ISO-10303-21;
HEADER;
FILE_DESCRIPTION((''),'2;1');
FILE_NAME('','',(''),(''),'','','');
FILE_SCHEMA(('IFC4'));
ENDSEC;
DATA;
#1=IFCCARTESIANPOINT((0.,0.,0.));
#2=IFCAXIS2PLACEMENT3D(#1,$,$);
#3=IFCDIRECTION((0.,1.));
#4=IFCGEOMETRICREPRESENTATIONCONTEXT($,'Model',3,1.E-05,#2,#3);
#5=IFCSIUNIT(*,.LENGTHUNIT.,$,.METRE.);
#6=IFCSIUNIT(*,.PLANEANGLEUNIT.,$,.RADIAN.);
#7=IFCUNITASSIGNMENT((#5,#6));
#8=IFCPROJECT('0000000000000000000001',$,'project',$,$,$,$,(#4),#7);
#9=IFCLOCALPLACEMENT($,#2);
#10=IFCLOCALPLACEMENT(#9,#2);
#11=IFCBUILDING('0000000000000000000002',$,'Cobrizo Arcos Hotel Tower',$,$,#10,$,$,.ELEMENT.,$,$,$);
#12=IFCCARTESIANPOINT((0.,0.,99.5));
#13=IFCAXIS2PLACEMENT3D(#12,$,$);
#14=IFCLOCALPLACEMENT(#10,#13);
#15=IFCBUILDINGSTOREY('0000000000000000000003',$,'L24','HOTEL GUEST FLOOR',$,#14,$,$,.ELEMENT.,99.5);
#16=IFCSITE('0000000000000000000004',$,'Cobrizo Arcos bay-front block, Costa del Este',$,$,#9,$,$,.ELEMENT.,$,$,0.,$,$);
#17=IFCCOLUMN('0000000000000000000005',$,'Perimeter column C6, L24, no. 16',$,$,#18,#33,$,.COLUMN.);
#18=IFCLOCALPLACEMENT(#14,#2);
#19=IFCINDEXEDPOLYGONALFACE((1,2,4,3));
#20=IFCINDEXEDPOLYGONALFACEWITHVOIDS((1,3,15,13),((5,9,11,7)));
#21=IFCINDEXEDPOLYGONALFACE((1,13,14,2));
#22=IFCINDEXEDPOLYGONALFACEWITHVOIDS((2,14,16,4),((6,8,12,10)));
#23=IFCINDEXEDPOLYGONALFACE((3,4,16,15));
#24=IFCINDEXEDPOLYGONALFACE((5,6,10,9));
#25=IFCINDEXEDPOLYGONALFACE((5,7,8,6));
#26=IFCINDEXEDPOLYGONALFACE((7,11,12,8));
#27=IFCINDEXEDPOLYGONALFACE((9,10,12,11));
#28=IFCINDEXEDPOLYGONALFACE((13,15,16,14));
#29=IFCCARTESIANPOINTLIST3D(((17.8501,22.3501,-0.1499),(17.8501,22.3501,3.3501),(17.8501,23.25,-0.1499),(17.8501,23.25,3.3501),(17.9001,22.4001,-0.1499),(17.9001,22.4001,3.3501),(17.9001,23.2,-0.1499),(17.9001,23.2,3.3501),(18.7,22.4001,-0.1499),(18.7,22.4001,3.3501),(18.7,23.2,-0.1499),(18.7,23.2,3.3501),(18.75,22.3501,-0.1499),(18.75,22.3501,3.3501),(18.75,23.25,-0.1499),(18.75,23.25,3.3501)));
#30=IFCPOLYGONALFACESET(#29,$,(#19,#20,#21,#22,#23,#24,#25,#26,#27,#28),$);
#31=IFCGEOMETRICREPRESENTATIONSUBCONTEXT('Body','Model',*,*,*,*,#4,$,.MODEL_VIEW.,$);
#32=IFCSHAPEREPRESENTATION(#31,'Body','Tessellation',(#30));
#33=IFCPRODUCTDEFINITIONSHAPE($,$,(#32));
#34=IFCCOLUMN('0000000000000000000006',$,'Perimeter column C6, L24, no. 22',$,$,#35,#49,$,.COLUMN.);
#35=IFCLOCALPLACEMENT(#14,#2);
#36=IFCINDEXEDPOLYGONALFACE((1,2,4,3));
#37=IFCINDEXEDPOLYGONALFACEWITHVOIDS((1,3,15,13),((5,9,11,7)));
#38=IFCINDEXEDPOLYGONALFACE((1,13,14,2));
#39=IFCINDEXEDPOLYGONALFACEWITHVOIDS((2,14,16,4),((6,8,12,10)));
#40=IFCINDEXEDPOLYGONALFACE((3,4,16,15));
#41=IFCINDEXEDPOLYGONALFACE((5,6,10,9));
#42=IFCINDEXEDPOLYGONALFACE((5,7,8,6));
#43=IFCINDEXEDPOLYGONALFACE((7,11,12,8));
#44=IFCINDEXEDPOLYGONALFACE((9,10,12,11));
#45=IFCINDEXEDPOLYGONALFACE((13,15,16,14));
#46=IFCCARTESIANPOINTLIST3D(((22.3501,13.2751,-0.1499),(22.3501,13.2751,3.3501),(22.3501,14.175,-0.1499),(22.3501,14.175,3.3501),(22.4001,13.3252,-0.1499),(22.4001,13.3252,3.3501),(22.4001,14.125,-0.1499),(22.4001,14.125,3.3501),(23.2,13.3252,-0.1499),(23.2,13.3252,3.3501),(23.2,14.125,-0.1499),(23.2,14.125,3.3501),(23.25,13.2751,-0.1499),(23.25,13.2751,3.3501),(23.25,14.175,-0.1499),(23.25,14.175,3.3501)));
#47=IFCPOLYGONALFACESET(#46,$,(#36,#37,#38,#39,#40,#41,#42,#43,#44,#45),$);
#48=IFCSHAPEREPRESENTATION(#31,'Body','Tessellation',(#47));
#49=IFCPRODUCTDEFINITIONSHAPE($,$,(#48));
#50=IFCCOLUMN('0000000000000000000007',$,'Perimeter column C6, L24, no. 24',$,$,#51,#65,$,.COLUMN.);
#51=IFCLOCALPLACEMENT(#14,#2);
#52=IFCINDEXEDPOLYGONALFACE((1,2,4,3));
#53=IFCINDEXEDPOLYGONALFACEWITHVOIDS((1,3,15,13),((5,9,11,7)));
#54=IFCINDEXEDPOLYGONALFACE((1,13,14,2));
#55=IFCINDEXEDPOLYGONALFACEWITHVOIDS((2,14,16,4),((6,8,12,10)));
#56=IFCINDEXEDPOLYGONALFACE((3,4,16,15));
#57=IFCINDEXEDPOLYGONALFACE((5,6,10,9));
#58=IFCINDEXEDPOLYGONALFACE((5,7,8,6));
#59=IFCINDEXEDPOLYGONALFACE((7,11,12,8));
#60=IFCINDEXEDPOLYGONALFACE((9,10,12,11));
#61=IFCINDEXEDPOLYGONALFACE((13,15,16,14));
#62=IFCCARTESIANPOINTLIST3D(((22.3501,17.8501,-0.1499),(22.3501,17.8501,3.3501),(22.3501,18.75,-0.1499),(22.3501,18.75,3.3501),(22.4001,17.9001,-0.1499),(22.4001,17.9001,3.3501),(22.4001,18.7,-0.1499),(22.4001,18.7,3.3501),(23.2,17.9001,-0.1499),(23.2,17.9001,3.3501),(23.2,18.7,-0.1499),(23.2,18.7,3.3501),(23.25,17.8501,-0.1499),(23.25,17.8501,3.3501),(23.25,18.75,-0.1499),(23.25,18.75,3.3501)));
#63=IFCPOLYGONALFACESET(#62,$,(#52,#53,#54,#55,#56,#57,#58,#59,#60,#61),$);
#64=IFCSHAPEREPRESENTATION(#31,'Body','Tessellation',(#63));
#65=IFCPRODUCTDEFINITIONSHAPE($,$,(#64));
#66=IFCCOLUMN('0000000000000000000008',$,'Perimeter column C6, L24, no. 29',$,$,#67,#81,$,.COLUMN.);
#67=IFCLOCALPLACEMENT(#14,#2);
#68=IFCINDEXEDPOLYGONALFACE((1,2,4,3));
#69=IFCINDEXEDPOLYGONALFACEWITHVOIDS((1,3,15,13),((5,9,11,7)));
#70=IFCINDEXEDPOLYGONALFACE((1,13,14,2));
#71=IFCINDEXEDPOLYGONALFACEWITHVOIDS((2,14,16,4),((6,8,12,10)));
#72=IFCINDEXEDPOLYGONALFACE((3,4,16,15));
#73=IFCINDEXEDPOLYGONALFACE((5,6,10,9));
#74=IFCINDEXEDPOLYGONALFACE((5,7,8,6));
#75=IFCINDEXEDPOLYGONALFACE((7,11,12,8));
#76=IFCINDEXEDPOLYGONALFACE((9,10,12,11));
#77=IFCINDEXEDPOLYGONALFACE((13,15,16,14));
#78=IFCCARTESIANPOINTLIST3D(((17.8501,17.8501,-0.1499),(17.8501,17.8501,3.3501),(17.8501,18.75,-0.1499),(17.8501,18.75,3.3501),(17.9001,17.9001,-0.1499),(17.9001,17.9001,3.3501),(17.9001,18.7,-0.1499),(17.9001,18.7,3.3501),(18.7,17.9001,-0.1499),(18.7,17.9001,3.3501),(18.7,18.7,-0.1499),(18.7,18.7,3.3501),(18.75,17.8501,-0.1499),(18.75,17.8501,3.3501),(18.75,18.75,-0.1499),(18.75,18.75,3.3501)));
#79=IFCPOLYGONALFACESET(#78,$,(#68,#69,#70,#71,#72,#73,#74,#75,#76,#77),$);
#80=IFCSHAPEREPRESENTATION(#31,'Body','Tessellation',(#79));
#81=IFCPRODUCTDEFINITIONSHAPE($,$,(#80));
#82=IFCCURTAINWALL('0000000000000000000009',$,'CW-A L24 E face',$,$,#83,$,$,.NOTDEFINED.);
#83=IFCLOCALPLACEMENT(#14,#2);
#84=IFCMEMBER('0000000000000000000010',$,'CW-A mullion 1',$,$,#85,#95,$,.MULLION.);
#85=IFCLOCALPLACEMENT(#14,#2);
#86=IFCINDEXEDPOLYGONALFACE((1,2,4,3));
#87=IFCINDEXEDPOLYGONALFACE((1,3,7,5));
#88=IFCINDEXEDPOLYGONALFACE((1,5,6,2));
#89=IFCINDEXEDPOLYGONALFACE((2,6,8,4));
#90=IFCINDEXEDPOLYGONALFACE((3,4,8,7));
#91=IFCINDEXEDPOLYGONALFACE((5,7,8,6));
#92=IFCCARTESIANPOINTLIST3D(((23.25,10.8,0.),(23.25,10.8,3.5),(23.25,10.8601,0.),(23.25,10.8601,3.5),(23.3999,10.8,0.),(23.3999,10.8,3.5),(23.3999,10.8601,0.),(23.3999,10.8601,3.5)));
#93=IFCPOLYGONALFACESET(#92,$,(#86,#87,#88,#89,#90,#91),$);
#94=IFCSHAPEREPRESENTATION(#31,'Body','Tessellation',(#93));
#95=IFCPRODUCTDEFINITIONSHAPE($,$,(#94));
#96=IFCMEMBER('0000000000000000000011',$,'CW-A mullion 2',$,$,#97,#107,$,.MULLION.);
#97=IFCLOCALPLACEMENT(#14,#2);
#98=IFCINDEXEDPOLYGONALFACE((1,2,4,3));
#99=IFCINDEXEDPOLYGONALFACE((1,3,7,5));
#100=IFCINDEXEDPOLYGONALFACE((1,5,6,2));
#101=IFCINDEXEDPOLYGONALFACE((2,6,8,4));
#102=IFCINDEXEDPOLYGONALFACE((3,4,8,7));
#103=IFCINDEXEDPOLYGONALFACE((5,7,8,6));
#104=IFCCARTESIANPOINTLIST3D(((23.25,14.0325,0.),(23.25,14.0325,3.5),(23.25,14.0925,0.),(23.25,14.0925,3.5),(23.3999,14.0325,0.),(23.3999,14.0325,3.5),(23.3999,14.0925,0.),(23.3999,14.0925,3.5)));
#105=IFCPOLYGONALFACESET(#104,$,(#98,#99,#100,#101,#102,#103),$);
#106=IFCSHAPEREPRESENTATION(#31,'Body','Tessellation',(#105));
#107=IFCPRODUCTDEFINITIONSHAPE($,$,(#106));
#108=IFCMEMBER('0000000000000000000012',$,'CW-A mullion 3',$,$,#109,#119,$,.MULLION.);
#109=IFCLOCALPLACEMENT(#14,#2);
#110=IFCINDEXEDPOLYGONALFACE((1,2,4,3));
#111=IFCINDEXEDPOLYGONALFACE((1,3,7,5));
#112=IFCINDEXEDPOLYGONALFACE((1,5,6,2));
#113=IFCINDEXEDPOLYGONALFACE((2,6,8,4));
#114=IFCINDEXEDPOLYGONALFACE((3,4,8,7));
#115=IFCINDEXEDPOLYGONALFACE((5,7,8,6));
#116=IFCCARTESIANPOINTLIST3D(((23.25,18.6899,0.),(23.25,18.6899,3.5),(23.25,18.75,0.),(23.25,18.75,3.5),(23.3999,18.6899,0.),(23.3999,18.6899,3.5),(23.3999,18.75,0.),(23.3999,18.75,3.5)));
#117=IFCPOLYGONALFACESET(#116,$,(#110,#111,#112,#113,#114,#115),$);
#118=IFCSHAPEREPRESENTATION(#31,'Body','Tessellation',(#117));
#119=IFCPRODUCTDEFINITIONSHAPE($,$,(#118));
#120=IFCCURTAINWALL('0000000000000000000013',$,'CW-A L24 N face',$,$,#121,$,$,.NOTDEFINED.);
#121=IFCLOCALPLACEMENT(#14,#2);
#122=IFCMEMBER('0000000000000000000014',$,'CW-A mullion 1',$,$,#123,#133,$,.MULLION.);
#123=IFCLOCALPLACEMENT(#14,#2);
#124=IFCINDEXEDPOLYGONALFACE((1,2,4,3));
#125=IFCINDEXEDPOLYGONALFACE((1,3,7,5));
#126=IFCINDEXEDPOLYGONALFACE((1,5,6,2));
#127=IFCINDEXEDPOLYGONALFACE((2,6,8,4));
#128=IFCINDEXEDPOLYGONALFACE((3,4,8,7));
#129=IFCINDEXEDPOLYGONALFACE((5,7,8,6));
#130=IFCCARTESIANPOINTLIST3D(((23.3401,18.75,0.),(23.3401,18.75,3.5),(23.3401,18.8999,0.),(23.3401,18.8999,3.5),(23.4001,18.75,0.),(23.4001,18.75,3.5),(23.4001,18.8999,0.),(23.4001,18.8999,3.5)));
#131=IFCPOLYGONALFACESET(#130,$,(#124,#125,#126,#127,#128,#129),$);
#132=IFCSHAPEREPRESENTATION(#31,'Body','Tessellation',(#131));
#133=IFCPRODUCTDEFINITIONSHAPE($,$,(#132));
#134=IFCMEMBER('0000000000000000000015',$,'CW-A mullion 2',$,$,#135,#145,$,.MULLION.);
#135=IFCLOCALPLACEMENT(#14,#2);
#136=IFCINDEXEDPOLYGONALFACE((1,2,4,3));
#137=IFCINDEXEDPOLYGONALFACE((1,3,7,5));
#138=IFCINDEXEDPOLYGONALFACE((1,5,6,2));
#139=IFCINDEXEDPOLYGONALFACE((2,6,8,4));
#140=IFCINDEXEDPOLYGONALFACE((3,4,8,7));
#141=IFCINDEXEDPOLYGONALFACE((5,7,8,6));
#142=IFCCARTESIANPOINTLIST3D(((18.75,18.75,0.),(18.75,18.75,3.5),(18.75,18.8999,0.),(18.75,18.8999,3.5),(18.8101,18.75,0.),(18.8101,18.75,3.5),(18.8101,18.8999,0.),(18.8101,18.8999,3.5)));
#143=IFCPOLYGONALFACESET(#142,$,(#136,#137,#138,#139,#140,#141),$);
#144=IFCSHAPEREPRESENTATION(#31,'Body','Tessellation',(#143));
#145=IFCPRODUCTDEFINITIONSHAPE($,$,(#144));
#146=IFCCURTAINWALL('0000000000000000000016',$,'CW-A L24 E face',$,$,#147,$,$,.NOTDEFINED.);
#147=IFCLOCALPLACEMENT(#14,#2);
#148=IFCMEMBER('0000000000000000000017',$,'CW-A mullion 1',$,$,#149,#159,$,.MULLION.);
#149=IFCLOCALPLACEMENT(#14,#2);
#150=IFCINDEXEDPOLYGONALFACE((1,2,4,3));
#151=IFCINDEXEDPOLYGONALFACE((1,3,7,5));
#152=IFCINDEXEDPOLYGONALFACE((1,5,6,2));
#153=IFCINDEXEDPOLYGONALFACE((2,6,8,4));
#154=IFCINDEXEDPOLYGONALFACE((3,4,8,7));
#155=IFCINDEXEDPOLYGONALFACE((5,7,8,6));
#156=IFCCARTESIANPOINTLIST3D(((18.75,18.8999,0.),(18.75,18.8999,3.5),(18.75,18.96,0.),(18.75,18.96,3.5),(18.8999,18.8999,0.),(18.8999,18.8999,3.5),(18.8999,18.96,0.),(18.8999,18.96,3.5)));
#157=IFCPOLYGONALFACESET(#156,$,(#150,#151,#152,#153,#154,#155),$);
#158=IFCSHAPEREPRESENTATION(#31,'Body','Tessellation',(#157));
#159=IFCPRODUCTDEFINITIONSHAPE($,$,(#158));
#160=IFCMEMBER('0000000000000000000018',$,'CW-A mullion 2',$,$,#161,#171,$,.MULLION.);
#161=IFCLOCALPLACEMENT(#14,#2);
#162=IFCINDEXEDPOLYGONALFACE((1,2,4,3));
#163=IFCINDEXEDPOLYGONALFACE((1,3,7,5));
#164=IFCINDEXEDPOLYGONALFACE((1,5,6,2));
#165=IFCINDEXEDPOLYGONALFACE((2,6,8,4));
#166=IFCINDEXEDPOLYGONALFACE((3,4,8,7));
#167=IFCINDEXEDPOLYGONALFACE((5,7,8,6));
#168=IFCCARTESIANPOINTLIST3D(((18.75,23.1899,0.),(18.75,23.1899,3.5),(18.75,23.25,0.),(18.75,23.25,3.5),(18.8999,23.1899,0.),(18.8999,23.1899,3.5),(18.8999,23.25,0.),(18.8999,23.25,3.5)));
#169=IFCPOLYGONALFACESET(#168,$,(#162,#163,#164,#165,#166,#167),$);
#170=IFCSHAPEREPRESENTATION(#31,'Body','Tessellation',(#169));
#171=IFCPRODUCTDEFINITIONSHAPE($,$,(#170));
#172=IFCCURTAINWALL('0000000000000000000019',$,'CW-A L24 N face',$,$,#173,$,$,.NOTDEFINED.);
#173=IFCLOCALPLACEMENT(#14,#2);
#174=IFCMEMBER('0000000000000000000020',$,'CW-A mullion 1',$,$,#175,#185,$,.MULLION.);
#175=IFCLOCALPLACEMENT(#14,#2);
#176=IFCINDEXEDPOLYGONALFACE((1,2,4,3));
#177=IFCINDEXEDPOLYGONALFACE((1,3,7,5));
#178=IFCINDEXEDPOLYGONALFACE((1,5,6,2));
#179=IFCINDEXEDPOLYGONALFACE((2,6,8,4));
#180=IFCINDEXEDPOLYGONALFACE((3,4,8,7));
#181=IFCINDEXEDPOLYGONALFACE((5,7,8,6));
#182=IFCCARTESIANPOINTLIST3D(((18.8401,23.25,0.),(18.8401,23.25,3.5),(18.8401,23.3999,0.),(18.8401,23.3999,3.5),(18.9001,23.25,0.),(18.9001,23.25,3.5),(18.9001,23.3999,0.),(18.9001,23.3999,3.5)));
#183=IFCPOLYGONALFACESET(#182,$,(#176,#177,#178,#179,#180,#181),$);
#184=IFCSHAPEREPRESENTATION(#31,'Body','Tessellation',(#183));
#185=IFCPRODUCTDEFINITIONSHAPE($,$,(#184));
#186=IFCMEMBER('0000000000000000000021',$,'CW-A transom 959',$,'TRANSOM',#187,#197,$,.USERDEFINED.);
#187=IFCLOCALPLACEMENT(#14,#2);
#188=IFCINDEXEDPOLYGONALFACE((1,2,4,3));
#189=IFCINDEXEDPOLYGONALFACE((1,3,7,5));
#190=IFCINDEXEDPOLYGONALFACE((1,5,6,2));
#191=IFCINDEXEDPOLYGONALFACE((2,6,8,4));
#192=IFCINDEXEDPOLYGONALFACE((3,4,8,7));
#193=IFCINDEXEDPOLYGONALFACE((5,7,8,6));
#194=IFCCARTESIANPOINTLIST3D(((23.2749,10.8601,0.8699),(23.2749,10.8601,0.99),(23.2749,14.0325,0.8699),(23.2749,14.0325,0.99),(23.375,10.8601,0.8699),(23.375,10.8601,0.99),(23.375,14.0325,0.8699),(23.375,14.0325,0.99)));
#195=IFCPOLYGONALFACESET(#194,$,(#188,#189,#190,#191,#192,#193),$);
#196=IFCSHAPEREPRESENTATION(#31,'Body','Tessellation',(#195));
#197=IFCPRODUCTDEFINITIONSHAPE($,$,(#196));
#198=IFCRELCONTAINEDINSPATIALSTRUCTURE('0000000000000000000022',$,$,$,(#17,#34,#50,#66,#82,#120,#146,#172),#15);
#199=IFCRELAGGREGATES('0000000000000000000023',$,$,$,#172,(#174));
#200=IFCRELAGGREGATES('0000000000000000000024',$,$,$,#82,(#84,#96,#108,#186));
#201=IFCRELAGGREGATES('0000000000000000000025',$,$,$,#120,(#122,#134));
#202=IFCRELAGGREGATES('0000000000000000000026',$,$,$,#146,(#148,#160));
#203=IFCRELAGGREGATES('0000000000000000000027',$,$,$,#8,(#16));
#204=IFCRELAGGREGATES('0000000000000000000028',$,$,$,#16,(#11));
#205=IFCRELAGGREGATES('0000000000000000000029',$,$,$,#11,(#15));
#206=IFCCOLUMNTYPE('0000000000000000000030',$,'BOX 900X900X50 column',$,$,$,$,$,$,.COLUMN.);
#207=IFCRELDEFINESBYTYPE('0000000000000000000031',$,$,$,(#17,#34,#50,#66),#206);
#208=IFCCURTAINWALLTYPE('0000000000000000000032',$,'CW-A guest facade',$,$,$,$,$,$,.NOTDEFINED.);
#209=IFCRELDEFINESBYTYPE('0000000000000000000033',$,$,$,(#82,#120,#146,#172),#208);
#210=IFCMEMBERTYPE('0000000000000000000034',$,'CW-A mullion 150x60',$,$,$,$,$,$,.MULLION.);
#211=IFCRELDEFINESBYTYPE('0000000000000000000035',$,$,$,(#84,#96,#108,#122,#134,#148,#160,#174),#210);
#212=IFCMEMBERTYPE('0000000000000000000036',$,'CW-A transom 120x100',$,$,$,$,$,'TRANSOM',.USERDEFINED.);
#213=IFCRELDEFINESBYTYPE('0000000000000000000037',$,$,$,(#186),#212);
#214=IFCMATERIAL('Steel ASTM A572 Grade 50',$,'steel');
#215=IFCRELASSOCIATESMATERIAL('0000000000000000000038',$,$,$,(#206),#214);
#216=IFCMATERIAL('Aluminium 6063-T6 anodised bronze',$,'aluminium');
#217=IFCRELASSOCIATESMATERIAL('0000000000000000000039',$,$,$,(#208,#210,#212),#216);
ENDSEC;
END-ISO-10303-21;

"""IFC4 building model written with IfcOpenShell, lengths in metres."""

from ifc_helpers import new_model, si_unit, direction, frame, origin, origin_2d, place, context, subcontext, project, spatial, rectangle, hollow_rectangle, extrude, material, material_profile, profile_set, type_object, element, aggregate, save


model = new_model("IFC4")

# Units and contexts
model_context = context("Model", 3, precision=1e-05, world=origin(), true_north=direction((0.0, 1.0)))
body_context = subcontext(model_context, "Body", "Model", "MODEL_VIEW")
ifc_project = project(units=[si_unit("LENGTHUNIT", "METRE"), si_unit("PLANEANGLEUNIT", "RADIAN")], contexts=[model_context])

# Site, building, storey
site_placement = place(None, origin())
site = spatial("IfcSite", under=ifc_project, at=site_placement, Name="Cobrizo Arcos bay-front block, Costa del Este", CompositionType="ELEMENT", RefElevation=0.0)
building_placement = place(site_placement, origin())
building = spatial("IfcBuilding", under=site, at=building_placement, Name="Cobrizo Arcos Hotel Tower", CompositionType="ELEMENT")
storey_placement = place(building_placement, frame((0.0, 0.0, 99.5)))
storey = spatial("IfcBuildingStorey", under=building, at=storey_placement, Name="L24", Description="HOTEL GUEST FLOOR", CompositionType="ELEMENT", Elevation=99.5)

# Columns
ifc_material_1 = material(Name="Steel ASTM A572 Grade 50", Category="steel")
ifc_material_profile_1 = material_profile(ifc_material_1, hollow_rectangle(XDim=0.8999, YDim=0.8999, WallThickness=0.05, at=origin_2d()), Name="BOX 900X900X50")
ifc_profile_set_1 = profile_set([ifc_material_profile_1], Name="Steel ASTM A572 Grade 50")
column_type = type_object("IfcColumnType", Name="BOX 900X900X50 column", PredefinedType="COLUMN", material=ifc_profile_set_1)
for number, where, z_axis, x_axis, name in (
    (1, (18.3, 22.8, -0.1499), (0.0, 0.0, 1.0), (1.0, 0.0, 0.0), "Perimeter column C6, L24, no. 16"),
    (2, (22.8, 13.7251, -0.1499), (0.0, 0.0, 1.0), (1.0, 0.0, 0.0), "Perimeter column C6, L24, no. 22"),
    (3, (22.8, 18.3, -0.1499), (0.0, 0.0, 1.0), (1.0, 0.0, 0.0), "Perimeter column C6, L24, no. 24"),
    (4, (18.3, 18.3, -0.1499), (0.0, 0.0, 1.0), (1.0, 0.0, 0.0), "Perimeter column C6, L24, no. 29"),
):
    element("IfcColumn", number, at=place(storey_placement, frame(where, z_axis=z_axis, x_axis=x_axis)), inside=storey, type_object=column_type, Name=name, PredefinedType="COLUMN", context=body_context, shape_type="SweptSolid", body=[
        extrude(hollow_rectangle(XDim=0.8999, YDim=0.8999, WallThickness=0.05, at=origin_2d()), origin(), (0.0, 0.0, 1.0), 3.5),
    ])

# Curtain walls, members
ifc_material_2 = material(Name="Aluminium 6063-T6 anodised bronze", Category="aluminium")
curtain_wall_type = type_object("IfcCurtainWallType", Name="CW-A guest facade", PredefinedType="NOTDEFINED", material=ifc_material_2)
curtain_wall_1_placement = place(storey_placement, origin())
curtain_wall_1 = element("IfcCurtainWall", 5, at=curtain_wall_1_placement, inside=storey, type_object=curtain_wall_type, Name="CW-A L24 E face", PredefinedType="NOTDEFINED")
ifc_material_profile_2 = material_profile(ifc_material_2, rectangle(XDim=0.1499, YDim=0.0601, at=origin_2d()), Name="CW-A mullion 150x60")
ifc_profile_set_2 = profile_set([ifc_material_profile_2], Name="Aluminium 6063-T6 anodised bronze")
member_type_1 = type_object("IfcMemberType", Name="CW-A mullion 150x60", PredefinedType="MULLION", material=ifc_profile_set_2)
member_1_placement = place(storey_placement, frame((23.325, 10.8301, 0.0), z_axis=(0.0, 0.0, 1.0), x_axis=(1.0, 0.0, 0.0)))
member_1 = element("IfcMember", 6, at=member_1_placement, type_object=member_type_1, Name="CW-A mullion 1", PredefinedType="MULLION", context=body_context, shape_type="SweptSolid", body=[
    extrude(rectangle(XDim=0.1499, YDim=0.0601, at=origin_2d()), origin(), (0.0, 0.0, 1.0), 3.5),
])
member_2_placement = place(storey_placement, frame((23.325, 14.0625, 0.0), z_axis=(0.0, 0.0, 1.0), x_axis=(1.0, 0.0, 0.0)))
member_2 = element("IfcMember", 7, at=member_2_placement, type_object=member_type_1, Name="CW-A mullion 2", PredefinedType="MULLION", context=body_context, shape_type="SweptSolid", body=[
    extrude(rectangle(XDim=0.1499, YDim=0.0601, at=origin_2d()), origin(), (0.0, 0.0, 1.0), 3.5),
])
member_3_placement = place(storey_placement, frame((23.325, 18.72, 0.0), z_axis=(0.0, 0.0, 1.0), x_axis=(1.0, 0.0, 0.0)))
member_3 = element("IfcMember", 8, at=member_3_placement, type_object=member_type_1, Name="CW-A mullion 3", PredefinedType="MULLION", context=body_context, shape_type="SweptSolid", body=[
    extrude(rectangle(XDim=0.1499, YDim=0.0601, at=origin_2d()), origin(), (0.0, 0.0, 1.0), 3.5),
])
curtain_wall_2_placement = place(storey_placement, origin())
curtain_wall_2 = element("IfcCurtainWall", 9, at=curtain_wall_2_placement, inside=storey, type_object=curtain_wall_type, Name="CW-A L24 N face", PredefinedType="NOTDEFINED")
member_4_placement = place(storey_placement, frame((23.3701, 18.825, 0.0), z_axis=(0.0, 0.0, 1.0), x_axis=(0.0, 1.0, 0.0)))
member_4 = element("IfcMember", 10, at=member_4_placement, type_object=member_type_1, Name="CW-A mullion 1", PredefinedType="MULLION", context=body_context, shape_type="SweptSolid", body=[
    extrude(rectangle(XDim=0.1499, YDim=0.0601, at=origin_2d()), origin(), (0.0, 0.0, 1.0), 3.5),
])
member_5_placement = place(storey_placement, frame((18.78, 18.825, 0.0), z_axis=(0.0, 0.0, 1.0), x_axis=(0.0, 1.0, 0.0)))
member_5 = element("IfcMember", 11, at=member_5_placement, type_object=member_type_1, Name="CW-A mullion 2", PredefinedType="MULLION", context=body_context, shape_type="SweptSolid", body=[
    extrude(rectangle(XDim=0.1499, YDim=0.0601, at=origin_2d()), origin(), (0.0, 0.0, 1.0), 3.5),
])
curtain_wall_3_placement = place(storey_placement, origin())
curtain_wall_3 = element("IfcCurtainWall", 12, at=curtain_wall_3_placement, inside=storey, type_object=curtain_wall_type, Name="CW-A L24 E face", PredefinedType="NOTDEFINED")
member_6_placement = place(storey_placement, frame((18.825, 18.9299, 0.0), z_axis=(0.0, 0.0, 1.0), x_axis=(1.0, 0.0, 0.0)))
member_6 = element("IfcMember", 13, at=member_6_placement, type_object=member_type_1, Name="CW-A mullion 1", PredefinedType="MULLION", context=body_context, shape_type="SweptSolid", body=[
    extrude(rectangle(XDim=0.1499, YDim=0.0601, at=origin_2d()), origin(), (0.0, 0.0, 1.0), 3.5),
])
member_7_placement = place(storey_placement, frame((18.825, 23.22, 0.0), z_axis=(0.0, 0.0, 1.0), x_axis=(1.0, 0.0, 0.0)))
member_7 = element("IfcMember", 14, at=member_7_placement, type_object=member_type_1, Name="CW-A mullion 2", PredefinedType="MULLION", context=body_context, shape_type="SweptSolid", body=[
    extrude(rectangle(XDim=0.1499, YDim=0.0601, at=origin_2d()), origin(), (0.0, 0.0, 1.0), 3.5),
])

# Curtain wall, member
curtain_wall_4_placement = place(storey_placement, origin())
curtain_wall_4 = element("IfcCurtainWall", 15, at=curtain_wall_4_placement, inside=storey, type_object=curtain_wall_type, Name="CW-A L24 N face", PredefinedType="NOTDEFINED")
member_8_placement = place(storey_placement, frame((18.8701, 23.325, 0.0), z_axis=(0.0, 0.0, 1.0), x_axis=(0.0, 1.0, 0.0)))
member_8 = element("IfcMember", 16, at=member_8_placement, type_object=member_type_1, Name="CW-A mullion 1", PredefinedType="MULLION", context=body_context, shape_type="SweptSolid", body=[
    extrude(rectangle(XDim=0.1499, YDim=0.0601, at=origin_2d()), origin(), (0.0, 0.0, 1.0), 3.5),
])
aggregate(curtain_wall_4, [member_8])

# Member
ifc_material_profile_3 = material_profile(ifc_material_2, rectangle(XDim=0.1001, YDim=0.1201, at=origin_2d()), Name="CW-A transom 120x100")
ifc_profile_set_3 = profile_set([ifc_material_profile_3], Name="Aluminium 6063-T6 anodised bronze")
member_type_2 = type_object("IfcMemberType", Name="CW-A transom 120x100", ElementType="TRANSOM", PredefinedType="USERDEFINED", material=ifc_profile_set_3)
member_9_placement = place(storey_placement, frame((23.325, 10.8601, 0.9299), z_axis=(0.0, 1.0, 0.0), x_axis=(-1.0, 0.0, 0.0)))
member_9 = element("IfcMember", 17, at=member_9_placement, type_object=member_type_2, Name="CW-A transom 959", ObjectType="TRANSOM", PredefinedType="USERDEFINED", context=body_context, shape_type="SweptSolid", body=[
    extrude(rectangle(XDim=0.1001, YDim=0.1201, at=origin_2d()), origin(), (0.0, 0.0, 1.0), 3.1724),
])

aggregate(curtain_wall_1, [member_1, member_2, member_3, member_9])
aggregate(curtain_wall_2, [member_4, member_5])
aggregate(curtain_wall_3, [member_6, member_7])

save(model, "model.ifc")
